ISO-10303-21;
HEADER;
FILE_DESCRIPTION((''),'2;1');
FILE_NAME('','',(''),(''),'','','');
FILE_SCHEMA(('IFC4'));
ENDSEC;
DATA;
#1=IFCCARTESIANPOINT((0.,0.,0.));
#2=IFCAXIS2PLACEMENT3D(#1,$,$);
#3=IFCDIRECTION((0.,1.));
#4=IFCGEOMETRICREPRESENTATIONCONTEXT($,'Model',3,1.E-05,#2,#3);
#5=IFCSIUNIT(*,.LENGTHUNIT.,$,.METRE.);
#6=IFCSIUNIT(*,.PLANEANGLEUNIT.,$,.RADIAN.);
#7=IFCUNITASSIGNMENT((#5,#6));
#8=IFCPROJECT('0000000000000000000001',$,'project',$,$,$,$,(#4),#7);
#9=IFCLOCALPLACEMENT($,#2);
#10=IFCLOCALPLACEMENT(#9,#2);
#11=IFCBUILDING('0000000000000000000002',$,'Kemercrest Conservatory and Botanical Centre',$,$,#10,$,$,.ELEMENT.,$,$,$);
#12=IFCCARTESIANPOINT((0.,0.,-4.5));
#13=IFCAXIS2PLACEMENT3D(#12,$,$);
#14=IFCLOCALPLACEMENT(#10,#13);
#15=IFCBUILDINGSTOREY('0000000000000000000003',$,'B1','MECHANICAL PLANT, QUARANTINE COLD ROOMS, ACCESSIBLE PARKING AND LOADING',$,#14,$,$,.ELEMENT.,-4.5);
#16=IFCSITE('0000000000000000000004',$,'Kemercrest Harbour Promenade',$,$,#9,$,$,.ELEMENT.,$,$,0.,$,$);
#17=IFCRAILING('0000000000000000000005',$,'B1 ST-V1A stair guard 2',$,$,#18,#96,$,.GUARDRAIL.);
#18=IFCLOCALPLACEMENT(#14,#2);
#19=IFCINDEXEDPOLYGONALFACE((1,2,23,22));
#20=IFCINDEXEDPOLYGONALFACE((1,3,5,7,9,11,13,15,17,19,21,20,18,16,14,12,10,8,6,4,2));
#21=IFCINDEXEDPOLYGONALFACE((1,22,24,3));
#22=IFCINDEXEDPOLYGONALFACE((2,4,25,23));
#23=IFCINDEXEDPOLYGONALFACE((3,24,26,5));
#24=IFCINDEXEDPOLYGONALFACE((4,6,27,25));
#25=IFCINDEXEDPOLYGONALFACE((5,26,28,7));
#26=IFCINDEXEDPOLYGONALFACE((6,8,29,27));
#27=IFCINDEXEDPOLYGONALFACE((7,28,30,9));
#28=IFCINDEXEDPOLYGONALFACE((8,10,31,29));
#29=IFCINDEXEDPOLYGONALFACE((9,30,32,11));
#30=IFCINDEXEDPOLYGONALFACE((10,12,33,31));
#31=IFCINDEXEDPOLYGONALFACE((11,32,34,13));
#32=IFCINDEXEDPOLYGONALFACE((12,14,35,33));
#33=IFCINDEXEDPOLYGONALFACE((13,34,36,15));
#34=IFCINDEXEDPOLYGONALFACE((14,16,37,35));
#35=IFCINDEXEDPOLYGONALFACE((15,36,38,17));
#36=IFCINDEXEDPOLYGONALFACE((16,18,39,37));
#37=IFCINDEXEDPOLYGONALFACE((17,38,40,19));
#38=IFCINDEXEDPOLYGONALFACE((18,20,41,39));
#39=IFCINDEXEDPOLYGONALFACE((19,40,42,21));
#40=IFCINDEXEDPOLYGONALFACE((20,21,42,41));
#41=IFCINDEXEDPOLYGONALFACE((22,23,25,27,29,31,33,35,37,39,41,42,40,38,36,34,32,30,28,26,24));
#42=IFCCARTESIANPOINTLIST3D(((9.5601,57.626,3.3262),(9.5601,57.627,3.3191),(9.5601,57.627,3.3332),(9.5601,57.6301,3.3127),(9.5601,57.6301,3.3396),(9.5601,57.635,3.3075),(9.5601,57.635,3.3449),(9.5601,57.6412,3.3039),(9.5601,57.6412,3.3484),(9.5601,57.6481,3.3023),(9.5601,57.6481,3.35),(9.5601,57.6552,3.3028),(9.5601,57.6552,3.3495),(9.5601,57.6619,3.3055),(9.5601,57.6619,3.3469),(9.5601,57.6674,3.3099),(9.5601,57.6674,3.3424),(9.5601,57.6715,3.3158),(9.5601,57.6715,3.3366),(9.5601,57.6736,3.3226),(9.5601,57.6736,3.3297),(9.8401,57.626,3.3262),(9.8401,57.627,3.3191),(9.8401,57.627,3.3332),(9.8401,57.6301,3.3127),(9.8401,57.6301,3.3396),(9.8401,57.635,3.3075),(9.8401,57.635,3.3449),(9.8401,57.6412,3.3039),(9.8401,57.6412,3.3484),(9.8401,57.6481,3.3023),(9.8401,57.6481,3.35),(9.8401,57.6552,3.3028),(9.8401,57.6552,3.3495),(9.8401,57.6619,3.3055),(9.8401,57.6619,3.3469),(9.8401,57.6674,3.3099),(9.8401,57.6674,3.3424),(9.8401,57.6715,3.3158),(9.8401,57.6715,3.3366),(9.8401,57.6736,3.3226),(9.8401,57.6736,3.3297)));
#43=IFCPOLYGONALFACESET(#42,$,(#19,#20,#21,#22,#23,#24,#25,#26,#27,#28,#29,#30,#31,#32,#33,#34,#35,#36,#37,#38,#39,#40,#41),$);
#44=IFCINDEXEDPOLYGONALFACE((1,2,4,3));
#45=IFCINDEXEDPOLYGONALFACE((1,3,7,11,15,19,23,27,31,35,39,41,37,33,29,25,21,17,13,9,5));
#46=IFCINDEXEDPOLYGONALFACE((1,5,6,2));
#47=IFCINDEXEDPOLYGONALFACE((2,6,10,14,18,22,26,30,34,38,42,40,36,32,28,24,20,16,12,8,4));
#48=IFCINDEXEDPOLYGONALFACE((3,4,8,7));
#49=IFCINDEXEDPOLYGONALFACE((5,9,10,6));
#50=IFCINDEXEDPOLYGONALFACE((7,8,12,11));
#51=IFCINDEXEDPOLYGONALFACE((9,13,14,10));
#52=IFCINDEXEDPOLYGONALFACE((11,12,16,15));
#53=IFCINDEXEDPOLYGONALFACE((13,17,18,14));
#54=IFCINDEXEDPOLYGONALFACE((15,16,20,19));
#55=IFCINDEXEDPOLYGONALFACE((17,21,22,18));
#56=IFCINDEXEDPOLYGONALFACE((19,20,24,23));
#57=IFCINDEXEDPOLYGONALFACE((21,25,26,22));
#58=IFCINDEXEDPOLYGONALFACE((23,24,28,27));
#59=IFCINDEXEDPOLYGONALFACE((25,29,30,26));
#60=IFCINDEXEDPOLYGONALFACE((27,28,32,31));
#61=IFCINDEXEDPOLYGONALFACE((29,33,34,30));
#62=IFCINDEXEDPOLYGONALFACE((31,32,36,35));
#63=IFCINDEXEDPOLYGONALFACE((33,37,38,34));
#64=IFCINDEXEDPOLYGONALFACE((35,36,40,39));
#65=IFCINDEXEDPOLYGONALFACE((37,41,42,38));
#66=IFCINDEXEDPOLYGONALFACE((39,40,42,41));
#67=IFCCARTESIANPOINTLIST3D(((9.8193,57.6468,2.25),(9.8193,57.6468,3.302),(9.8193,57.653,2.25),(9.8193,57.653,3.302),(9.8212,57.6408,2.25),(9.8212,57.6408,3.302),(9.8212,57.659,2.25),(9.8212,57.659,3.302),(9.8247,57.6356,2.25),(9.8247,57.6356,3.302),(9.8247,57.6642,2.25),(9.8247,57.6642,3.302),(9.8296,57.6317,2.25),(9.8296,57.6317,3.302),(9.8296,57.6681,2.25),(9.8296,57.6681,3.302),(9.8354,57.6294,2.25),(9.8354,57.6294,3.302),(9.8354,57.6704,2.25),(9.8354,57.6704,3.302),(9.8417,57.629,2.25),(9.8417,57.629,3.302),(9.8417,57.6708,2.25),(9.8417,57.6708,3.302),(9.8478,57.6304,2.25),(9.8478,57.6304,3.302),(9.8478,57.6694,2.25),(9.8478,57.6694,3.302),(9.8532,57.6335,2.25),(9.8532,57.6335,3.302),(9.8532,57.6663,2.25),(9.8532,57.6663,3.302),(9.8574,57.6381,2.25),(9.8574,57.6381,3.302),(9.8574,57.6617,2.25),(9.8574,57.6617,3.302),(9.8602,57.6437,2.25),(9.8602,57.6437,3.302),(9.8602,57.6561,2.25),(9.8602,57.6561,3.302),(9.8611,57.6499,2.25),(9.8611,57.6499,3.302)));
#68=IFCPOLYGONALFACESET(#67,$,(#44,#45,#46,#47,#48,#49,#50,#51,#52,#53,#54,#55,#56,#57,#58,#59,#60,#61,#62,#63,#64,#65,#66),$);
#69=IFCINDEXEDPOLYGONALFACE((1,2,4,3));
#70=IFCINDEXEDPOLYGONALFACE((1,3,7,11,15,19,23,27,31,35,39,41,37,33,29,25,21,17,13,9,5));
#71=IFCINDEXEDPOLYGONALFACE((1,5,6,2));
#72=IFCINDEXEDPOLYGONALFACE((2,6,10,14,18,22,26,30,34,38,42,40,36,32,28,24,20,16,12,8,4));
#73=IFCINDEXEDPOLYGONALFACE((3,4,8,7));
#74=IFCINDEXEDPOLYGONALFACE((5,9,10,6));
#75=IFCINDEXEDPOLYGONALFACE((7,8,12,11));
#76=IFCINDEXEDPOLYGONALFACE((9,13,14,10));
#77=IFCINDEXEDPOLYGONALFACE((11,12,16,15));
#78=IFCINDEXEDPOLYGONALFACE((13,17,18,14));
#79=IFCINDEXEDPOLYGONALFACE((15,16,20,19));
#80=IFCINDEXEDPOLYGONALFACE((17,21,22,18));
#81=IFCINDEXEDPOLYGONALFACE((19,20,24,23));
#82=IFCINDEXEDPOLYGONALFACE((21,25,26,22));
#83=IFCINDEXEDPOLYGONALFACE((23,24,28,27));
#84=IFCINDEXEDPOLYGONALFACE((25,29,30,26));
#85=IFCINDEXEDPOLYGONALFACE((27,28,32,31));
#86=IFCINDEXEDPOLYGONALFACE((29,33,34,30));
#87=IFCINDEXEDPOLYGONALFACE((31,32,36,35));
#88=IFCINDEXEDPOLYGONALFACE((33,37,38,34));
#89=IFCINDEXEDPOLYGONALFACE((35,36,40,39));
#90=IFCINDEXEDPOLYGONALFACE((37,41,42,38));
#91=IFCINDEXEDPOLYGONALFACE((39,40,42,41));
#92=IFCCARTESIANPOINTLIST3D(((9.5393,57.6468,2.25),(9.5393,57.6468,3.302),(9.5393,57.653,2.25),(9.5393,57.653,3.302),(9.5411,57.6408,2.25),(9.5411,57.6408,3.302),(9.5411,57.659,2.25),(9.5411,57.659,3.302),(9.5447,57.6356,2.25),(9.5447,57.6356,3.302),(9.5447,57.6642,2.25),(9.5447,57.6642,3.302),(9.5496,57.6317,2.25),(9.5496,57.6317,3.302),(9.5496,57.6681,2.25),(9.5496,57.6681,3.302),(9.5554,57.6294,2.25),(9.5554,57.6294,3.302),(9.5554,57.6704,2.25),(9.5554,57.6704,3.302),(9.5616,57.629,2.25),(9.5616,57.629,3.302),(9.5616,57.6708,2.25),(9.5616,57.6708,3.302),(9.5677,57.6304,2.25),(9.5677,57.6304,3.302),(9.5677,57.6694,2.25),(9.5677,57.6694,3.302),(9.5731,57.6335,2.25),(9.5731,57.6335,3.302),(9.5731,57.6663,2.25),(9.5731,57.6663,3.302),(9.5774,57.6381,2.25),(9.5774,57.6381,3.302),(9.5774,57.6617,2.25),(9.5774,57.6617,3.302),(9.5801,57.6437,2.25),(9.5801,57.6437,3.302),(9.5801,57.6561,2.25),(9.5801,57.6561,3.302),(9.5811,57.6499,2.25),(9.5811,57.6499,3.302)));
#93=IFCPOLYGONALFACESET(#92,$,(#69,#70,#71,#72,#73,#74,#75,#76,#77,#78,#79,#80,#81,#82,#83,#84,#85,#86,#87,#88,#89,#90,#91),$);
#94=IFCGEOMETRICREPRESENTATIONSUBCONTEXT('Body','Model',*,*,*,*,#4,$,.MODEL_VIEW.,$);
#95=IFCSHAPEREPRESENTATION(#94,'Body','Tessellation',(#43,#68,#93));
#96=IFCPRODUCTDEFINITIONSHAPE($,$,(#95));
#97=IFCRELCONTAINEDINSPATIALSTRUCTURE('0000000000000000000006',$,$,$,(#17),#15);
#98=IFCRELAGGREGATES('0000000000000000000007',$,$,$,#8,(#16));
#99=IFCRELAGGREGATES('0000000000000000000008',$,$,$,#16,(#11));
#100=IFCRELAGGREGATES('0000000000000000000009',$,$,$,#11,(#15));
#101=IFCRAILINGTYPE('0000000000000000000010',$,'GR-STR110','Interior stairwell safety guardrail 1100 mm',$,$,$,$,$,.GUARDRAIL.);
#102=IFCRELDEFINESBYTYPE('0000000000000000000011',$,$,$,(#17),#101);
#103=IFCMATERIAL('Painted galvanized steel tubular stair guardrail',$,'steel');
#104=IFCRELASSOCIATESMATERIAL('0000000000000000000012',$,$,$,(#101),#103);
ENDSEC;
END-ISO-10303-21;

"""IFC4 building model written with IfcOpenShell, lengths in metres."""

from ifc_helpers import new_model, si_unit, direction, frame, origin, origin_2d, place, context, subcontext, project, spatial, circle, extrude, material, type_object, element, save


model = new_model("IFC4")

# Units and contexts
model_context = context("Model", 3, precision=1e-05, world=origin(), true_north=direction((0.0, 1.0)))
body_context = subcontext(model_context, "Body", "Model", "MODEL_VIEW")
ifc_project = project(units=[si_unit("LENGTHUNIT", "METRE"), si_unit("PLANEANGLEUNIT", "RADIAN")], contexts=[model_context])

# Site, building, storey
site_placement = place(None, origin())
site = spatial("IfcSite", under=ifc_project, at=site_placement, Name="Kemercrest Harbour Promenade", CompositionType="ELEMENT", RefElevation=0.0)
building_placement = place(site_placement, origin())
building = spatial("IfcBuilding", under=site, at=building_placement, Name="Kemercrest Conservatory and Botanical Centre", CompositionType="ELEMENT")
storey_placement = place(building_placement, frame((0.0, 0.0, -4.5)))
storey = spatial("IfcBuildingStorey", under=building, at=storey_placement, Name="B1", Description="MECHANICAL PLANT, QUARANTINE COLD ROOMS, ACCESSIBLE PARKING AND LOADING", CompositionType="ELEMENT", Elevation=-4.5)

# Railing
ifc_material_1 = material(Name="Painted galvanized steel tubular stair guardrail", Category="steel")
railing_type_1 = type_object("IfcRailingType", Name="GR-STR110", Description="Interior stairwell safety guardrail 1100 mm", PredefinedType="GUARDRAIL", material=ifc_material_1)
railing_1_placement = place(storey_placement, frame((9.8401, 57.6499, 2.25)))
element("IfcRailing", 1, at=railing_1_placement, inside=storey, type_object=railing_type_1, Name="B1 ST-V1A stair guard 2", PredefinedType="GUARDRAIL", context=body_context, shape_type="SweptSolid", body=[
    extrude(circle(Radius=0.0239, at=origin_2d()), frame((0.0, 0.0, 1.0762), z_axis=(-1.0, 0.0, 0.0), x_axis=(0.0, -1.0, 0.0)), (0.0, 0.0, 1.0), 0.28),
    extrude(circle(Radius=0.021, at=origin_2d()), origin(), (0.0, 0.0, 1.0), 1.052),
    extrude(circle(Radius=0.021, at=origin_2d()), frame((-0.28, 0.0, 0.0)), (0.0, 0.0, 1.0), 1.052),
])

save(model, "model.ifc")
